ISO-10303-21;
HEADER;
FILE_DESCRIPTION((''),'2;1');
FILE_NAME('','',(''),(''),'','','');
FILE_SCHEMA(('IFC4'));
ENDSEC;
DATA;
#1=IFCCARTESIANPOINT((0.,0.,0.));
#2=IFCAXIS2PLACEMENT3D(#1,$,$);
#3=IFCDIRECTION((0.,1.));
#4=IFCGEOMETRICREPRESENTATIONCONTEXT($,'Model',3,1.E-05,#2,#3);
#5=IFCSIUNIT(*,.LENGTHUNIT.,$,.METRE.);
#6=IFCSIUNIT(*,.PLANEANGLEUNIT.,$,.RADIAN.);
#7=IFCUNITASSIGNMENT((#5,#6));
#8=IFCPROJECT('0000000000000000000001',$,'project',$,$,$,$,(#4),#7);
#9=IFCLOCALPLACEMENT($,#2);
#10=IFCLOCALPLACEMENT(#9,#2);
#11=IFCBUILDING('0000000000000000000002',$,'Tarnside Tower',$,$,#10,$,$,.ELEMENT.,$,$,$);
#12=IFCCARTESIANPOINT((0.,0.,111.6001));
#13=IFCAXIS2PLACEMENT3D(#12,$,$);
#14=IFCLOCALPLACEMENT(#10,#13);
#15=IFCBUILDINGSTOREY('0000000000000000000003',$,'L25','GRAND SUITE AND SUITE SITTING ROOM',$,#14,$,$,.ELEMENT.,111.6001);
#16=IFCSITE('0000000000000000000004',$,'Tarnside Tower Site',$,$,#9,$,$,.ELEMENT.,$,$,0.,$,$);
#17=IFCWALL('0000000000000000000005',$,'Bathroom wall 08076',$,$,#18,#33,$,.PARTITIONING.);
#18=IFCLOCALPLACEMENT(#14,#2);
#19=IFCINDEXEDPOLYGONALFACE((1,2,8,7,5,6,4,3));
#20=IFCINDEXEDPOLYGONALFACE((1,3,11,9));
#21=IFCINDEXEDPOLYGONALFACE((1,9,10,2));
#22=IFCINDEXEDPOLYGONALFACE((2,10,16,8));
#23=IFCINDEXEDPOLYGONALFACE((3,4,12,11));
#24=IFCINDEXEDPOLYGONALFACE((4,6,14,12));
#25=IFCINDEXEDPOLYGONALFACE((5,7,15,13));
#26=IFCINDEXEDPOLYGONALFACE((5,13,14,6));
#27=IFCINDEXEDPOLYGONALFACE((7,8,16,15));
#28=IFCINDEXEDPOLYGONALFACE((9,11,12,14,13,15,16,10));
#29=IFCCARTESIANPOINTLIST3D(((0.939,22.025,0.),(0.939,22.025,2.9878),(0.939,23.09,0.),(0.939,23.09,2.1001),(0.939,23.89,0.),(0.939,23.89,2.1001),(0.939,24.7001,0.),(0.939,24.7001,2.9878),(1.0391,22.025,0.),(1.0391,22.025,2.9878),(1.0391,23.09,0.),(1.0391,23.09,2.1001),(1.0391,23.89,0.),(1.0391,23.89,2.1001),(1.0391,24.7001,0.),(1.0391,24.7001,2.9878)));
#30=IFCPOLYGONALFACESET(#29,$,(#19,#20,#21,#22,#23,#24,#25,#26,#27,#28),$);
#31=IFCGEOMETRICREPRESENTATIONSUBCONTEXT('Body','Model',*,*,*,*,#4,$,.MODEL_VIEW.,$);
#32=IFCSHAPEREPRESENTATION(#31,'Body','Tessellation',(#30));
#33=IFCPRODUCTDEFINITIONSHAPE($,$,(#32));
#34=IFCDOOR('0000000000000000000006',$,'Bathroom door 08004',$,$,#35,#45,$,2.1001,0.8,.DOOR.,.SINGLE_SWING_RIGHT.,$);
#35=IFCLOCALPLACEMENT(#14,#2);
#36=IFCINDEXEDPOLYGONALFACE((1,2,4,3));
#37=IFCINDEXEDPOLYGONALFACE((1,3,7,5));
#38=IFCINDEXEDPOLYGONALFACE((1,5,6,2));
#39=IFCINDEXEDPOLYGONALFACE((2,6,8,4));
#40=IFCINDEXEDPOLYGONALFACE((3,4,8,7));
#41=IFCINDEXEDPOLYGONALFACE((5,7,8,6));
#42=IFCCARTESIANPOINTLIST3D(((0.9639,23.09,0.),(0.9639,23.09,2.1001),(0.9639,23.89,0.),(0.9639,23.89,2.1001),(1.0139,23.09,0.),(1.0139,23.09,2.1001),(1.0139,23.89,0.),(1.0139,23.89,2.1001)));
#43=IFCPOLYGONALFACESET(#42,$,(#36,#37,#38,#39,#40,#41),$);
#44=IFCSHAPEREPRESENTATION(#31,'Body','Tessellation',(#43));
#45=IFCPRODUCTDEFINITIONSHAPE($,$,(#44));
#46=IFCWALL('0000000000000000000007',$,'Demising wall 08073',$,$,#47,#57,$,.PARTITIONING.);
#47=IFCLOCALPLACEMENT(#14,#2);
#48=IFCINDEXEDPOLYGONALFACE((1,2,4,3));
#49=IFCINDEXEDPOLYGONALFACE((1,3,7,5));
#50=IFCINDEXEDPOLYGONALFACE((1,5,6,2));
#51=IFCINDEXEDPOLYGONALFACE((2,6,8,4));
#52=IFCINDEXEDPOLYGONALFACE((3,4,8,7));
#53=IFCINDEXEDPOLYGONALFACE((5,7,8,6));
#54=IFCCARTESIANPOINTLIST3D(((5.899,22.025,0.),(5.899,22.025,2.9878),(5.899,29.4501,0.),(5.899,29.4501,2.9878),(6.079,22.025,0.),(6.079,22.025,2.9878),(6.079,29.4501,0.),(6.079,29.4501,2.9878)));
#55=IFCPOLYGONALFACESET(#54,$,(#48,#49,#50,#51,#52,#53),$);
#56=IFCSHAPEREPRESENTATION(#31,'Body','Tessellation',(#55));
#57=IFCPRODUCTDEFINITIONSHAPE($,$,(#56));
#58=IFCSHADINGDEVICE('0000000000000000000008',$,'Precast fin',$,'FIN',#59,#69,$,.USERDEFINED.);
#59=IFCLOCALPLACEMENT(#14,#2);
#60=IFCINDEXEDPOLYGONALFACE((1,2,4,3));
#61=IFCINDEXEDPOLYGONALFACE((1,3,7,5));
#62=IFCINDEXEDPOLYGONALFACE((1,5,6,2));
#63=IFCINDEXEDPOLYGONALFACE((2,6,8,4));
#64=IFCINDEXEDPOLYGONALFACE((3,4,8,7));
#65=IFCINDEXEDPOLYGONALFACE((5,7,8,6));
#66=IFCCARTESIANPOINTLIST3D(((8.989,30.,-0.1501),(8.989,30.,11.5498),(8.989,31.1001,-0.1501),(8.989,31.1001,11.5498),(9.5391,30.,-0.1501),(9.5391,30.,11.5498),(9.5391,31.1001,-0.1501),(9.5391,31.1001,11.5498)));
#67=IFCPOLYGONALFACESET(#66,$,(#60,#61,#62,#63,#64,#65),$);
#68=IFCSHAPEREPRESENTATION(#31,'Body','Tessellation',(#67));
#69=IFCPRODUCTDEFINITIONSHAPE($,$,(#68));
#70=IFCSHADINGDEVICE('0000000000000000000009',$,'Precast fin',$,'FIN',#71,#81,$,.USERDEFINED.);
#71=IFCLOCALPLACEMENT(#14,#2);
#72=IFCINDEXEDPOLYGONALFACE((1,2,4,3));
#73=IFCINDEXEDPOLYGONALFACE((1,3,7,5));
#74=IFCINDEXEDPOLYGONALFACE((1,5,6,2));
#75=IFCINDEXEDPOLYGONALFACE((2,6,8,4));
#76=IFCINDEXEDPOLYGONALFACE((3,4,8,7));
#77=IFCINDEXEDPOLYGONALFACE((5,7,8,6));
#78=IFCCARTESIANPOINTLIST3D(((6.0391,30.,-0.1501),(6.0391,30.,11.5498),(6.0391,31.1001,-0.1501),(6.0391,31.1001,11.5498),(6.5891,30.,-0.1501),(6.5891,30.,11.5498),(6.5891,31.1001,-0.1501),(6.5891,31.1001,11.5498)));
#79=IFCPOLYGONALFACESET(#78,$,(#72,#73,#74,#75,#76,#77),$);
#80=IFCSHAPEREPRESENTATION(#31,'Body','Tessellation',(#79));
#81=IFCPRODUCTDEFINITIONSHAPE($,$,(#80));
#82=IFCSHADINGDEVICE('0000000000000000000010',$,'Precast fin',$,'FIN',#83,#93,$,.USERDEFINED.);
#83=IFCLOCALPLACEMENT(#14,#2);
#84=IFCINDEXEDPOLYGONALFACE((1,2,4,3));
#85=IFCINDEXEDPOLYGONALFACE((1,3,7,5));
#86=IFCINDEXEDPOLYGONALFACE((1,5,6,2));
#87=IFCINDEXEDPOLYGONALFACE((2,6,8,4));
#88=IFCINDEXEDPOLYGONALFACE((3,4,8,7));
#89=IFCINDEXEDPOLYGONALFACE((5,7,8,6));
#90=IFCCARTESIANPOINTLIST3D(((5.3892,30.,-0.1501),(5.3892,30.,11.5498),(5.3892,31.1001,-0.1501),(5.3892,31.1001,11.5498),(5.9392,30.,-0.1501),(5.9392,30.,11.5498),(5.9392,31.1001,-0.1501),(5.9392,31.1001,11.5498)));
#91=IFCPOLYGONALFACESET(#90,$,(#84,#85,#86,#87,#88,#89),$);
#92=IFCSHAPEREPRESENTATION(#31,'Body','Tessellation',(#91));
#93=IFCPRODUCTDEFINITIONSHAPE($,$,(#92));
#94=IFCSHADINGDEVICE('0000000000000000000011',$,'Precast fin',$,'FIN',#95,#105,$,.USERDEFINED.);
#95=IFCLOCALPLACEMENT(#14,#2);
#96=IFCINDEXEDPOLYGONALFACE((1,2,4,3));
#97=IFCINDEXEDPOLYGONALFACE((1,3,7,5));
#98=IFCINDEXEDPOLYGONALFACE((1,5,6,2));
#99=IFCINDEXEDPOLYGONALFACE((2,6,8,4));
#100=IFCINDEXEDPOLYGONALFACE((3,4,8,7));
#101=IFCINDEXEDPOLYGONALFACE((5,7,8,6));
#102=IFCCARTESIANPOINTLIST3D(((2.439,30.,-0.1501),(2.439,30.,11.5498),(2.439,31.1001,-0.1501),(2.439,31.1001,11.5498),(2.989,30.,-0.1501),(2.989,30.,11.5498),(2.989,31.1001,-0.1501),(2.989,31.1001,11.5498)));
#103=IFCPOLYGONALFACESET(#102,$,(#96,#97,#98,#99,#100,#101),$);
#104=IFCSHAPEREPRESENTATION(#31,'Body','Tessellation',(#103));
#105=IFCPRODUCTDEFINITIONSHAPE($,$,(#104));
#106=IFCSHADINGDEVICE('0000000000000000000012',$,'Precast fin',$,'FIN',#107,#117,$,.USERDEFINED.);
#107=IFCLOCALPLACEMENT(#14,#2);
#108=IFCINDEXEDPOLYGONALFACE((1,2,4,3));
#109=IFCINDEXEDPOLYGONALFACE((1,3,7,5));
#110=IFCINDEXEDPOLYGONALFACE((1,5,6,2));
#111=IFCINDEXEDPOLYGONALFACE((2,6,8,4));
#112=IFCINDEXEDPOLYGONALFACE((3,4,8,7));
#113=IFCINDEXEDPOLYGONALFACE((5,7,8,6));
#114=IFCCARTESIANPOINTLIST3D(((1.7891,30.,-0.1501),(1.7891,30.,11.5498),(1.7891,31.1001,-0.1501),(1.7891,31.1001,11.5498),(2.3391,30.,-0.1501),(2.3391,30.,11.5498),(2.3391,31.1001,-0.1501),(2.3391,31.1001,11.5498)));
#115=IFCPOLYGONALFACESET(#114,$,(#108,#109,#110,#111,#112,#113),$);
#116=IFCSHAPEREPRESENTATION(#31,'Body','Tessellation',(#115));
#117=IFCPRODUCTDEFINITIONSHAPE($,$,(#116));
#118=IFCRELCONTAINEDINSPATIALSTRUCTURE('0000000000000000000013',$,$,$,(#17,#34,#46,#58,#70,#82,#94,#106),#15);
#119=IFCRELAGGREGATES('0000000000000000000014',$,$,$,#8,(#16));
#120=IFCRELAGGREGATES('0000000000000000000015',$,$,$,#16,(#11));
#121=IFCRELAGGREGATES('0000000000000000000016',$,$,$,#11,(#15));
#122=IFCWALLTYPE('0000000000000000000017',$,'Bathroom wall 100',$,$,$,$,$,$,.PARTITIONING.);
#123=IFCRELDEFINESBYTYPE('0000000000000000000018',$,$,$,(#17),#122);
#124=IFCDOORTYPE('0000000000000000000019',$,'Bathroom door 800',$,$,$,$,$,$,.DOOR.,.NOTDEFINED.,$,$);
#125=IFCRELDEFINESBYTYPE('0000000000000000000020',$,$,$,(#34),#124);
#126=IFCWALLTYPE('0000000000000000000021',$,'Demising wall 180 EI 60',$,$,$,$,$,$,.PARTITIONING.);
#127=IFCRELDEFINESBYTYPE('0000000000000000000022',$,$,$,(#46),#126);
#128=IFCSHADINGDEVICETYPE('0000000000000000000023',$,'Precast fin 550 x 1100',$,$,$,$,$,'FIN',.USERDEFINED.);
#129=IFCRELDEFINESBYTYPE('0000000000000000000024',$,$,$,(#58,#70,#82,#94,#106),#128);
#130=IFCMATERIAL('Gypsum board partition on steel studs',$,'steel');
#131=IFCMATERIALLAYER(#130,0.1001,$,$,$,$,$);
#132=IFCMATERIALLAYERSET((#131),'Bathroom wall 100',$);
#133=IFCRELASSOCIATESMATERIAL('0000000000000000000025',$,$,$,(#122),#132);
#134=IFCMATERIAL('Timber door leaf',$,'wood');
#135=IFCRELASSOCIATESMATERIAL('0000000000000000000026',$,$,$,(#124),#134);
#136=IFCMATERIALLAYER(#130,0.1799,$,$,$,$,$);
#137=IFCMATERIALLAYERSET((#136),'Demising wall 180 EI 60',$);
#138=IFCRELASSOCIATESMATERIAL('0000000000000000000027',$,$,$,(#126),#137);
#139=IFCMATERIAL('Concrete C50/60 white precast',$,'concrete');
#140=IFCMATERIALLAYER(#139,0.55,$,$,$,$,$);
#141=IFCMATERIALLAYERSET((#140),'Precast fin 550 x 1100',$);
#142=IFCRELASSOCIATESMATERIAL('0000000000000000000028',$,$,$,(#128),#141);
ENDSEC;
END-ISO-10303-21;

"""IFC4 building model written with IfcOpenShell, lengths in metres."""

from ifc_helpers import new_model, si_unit, direction, frame, frame_2d, origin, place, context, subcontext, project, spatial, polyline, rectangle, outline, extrude, material, layer, layer_set, type_object, element, fill, save


model = new_model("IFC4")

# Units and contexts
model_context = context("Model", 3, precision=1e-05, world=origin(), true_north=direction((0.0, 1.0)))
body_context = subcontext(model_context, "Body", "Model", "MODEL_VIEW")
ifc_project = project(units=[si_unit("LENGTHUNIT", "METRE"), si_unit("PLANEANGLEUNIT", "RADIAN")], contexts=[model_context])

# Site, building, storey
site_placement = place(None, origin())
site = spatial("IfcSite", under=ifc_project, at=site_placement, Name="Tarnside Tower Site", CompositionType="ELEMENT", RefElevation=0.0)
building_placement = place(site_placement, origin())
building = spatial("IfcBuilding", under=site, at=building_placement, Name="Tarnside Tower", CompositionType="ELEMENT")
storey_placement = place(building_placement, frame((0.0, 0.0, 111.6001)))
storey = spatial("IfcBuildingStorey", under=building, at=storey_placement, Name="L25", Description="GRAND SUITE AND SUITE SITTING ROOM", CompositionType="ELEMENT", Elevation=111.6001)

# Shared definitions
ifc_material_1 = material(Name="Gypsum board partition on steel studs", Category="steel")
ifc_layer_1 = layer(ifc_material_1, 0.1001)
ifc_layer_set_1 = layer_set([ifc_layer_1], Name="Bathroom wall 100")
wall_type_1 = type_object("IfcWallType", Name="Bathroom wall 100", PredefinedType="PARTITIONING", material=ifc_layer_set_1)

# Wall, opening, door
ifc_material_2 = material(Name="Timber door leaf", Category="wood")
door_type = type_object("IfcDoorType", Name="Bathroom door 800", OperationType="NOTDEFINED", PredefinedType="DOOR", material=ifc_material_2)
wall_1_placement = place(storey_placement, frame((0.989, 24.7, 0.0), z_axis=(0.0, 0.0, 1.0), x_axis=(0.0, -1.0, 0.0)))
wall_1 = element("IfcWall", 1, at=wall_1_placement, inside=storey, type_object=wall_type_1, Name="Bathroom wall 08076", PredefinedType="PARTITIONING", context=body_context, shape_type="SweptSolid", body=[
    extrude(rectangle(XDim=2.675, YDim=0.1001, at=frame_2d((1.3374, 0.0))), origin(), (0.0, 0.0, 1.0), 2.9878),
])
opening_1_placement = place(wall_1_placement, frame((0.8101, 0.0, 0.0)))
opening_1 = element("IfcOpeningElement", 2, at=opening_1_placement, cuts=wall_1, PredefinedType="OPENING", context=body_context, shape_type="SweptSolid", body=[
    extrude(rectangle(XDim=0.8, YDim=2.1001, at=frame_2d((0.3999, 1.05))), frame((0.0, 0.0601, 0.0), z_axis=(0.0, -1.0, 0.0), x_axis=(1.0, 0.0, 0.0)), (0.0, 0.0, 1.0), 0.1201),
])
door_1_placement = place(opening_1_placement, origin())
door_1 = element("IfcDoor", 3, at=door_1_placement, inside=storey, type_object=door_type, Name="Bathroom door 08004", OperationType="SINGLE_SWING_RIGHT", OverallHeight=2.1001, OverallWidth=0.8, PredefinedType="DOOR", context=body_context, shape_type="SweptSolid", body=[
    extrude(rectangle(XDim=0.8, YDim=2.1001, at=frame_2d((0.3999, 1.05))), frame((0.0, 0.0249, 0.0), z_axis=(0.0, -1.0, 0.0), x_axis=(1.0, 0.0, 0.0)), (0.0, 0.0, 1.0), 0.05),
])
fill(opening_1, door_1)

# Wall
ifc_layer_2 = layer(ifc_material_1, 0.1799)
ifc_layer_set_2 = layer_set([ifc_layer_2], Name="Demising wall 180 EI 60")
wall_type_2 = type_object("IfcWallType", Name="Demising wall 180 EI 60", PredefinedType="PARTITIONING", material=ifc_layer_set_2)
wall_2_placement = place(storey_placement, frame((5.989, 29.45, 0.0), z_axis=(0.0, 0.0, 1.0), x_axis=(0.0, -1.0, 0.0)))
element("IfcWall", 4, at=wall_2_placement, inside=storey, type_object=wall_type_2, Name="Demising wall 08073", PredefinedType="PARTITIONING", context=body_context, shape_type="SweptSolid", body=[
    extrude(rectangle(XDim=7.425, YDim=0.1799, at=frame_2d((3.7124, 0.0))), origin(), (0.0, 0.0, 1.0), 2.9878),
])

# Shading devices
ifc_material_3 = material(Name="Concrete C50/60 white precast", Category="concrete")
ifc_layer_3 = layer(ifc_material_3, 0.55)
ifc_layer_set_3 = layer_set([ifc_layer_3], Name="Precast fin 550 x 1100")
shading_device_type = type_object("IfcShadingDeviceType", Name="Precast fin 550 x 1100", ElementType="FIN", PredefinedType="USERDEFINED", material=ifc_layer_set_3)
for number, where, z_axis, x_axis, name in (
    (5, (9.2639, 30.0, -0.1501), (1.0, 0.0, 0.0), (0.0, 1.0, 0.0), "Precast fin"),
    (6, (6.314, 30.0, -0.1501), (1.0, 0.0, 0.0), (0.0, 1.0, 0.0), "Precast fin"),
    (7, (5.6641, 30.0, -0.1501), (1.0, 0.0, 0.0), (0.0, 1.0, 0.0), "Precast fin"),
    (8, (2.7139, 30.0, -0.1501), (1.0, 0.0, 0.0), (0.0, 1.0, 0.0), "Precast fin"),
    (9, (2.064, 30.0, -0.1501), (1.0, 0.0, 0.0), (0.0, 1.0, 0.0), "Precast fin"),
):
    element("IfcShadingDevice", number, at=place(storey_placement, frame(where, z_axis=z_axis, x_axis=x_axis)), inside=storey, type_object=shading_device_type, Name=name, ObjectType="FIN", PredefinedType="USERDEFINED", context=body_context, shape_type="SweptSolid", body=[
        extrude(outline(polyline([(0.0, 0.0), (1.1001, 0.0), (1.1001, 11.7), (0.0, 11.7), (0.0, 0.0)])), frame((0.0, 0.0, -0.2749)), (0.0, 0.0, 1.0), 0.55),
    ])

save(model, "model.ifc")
